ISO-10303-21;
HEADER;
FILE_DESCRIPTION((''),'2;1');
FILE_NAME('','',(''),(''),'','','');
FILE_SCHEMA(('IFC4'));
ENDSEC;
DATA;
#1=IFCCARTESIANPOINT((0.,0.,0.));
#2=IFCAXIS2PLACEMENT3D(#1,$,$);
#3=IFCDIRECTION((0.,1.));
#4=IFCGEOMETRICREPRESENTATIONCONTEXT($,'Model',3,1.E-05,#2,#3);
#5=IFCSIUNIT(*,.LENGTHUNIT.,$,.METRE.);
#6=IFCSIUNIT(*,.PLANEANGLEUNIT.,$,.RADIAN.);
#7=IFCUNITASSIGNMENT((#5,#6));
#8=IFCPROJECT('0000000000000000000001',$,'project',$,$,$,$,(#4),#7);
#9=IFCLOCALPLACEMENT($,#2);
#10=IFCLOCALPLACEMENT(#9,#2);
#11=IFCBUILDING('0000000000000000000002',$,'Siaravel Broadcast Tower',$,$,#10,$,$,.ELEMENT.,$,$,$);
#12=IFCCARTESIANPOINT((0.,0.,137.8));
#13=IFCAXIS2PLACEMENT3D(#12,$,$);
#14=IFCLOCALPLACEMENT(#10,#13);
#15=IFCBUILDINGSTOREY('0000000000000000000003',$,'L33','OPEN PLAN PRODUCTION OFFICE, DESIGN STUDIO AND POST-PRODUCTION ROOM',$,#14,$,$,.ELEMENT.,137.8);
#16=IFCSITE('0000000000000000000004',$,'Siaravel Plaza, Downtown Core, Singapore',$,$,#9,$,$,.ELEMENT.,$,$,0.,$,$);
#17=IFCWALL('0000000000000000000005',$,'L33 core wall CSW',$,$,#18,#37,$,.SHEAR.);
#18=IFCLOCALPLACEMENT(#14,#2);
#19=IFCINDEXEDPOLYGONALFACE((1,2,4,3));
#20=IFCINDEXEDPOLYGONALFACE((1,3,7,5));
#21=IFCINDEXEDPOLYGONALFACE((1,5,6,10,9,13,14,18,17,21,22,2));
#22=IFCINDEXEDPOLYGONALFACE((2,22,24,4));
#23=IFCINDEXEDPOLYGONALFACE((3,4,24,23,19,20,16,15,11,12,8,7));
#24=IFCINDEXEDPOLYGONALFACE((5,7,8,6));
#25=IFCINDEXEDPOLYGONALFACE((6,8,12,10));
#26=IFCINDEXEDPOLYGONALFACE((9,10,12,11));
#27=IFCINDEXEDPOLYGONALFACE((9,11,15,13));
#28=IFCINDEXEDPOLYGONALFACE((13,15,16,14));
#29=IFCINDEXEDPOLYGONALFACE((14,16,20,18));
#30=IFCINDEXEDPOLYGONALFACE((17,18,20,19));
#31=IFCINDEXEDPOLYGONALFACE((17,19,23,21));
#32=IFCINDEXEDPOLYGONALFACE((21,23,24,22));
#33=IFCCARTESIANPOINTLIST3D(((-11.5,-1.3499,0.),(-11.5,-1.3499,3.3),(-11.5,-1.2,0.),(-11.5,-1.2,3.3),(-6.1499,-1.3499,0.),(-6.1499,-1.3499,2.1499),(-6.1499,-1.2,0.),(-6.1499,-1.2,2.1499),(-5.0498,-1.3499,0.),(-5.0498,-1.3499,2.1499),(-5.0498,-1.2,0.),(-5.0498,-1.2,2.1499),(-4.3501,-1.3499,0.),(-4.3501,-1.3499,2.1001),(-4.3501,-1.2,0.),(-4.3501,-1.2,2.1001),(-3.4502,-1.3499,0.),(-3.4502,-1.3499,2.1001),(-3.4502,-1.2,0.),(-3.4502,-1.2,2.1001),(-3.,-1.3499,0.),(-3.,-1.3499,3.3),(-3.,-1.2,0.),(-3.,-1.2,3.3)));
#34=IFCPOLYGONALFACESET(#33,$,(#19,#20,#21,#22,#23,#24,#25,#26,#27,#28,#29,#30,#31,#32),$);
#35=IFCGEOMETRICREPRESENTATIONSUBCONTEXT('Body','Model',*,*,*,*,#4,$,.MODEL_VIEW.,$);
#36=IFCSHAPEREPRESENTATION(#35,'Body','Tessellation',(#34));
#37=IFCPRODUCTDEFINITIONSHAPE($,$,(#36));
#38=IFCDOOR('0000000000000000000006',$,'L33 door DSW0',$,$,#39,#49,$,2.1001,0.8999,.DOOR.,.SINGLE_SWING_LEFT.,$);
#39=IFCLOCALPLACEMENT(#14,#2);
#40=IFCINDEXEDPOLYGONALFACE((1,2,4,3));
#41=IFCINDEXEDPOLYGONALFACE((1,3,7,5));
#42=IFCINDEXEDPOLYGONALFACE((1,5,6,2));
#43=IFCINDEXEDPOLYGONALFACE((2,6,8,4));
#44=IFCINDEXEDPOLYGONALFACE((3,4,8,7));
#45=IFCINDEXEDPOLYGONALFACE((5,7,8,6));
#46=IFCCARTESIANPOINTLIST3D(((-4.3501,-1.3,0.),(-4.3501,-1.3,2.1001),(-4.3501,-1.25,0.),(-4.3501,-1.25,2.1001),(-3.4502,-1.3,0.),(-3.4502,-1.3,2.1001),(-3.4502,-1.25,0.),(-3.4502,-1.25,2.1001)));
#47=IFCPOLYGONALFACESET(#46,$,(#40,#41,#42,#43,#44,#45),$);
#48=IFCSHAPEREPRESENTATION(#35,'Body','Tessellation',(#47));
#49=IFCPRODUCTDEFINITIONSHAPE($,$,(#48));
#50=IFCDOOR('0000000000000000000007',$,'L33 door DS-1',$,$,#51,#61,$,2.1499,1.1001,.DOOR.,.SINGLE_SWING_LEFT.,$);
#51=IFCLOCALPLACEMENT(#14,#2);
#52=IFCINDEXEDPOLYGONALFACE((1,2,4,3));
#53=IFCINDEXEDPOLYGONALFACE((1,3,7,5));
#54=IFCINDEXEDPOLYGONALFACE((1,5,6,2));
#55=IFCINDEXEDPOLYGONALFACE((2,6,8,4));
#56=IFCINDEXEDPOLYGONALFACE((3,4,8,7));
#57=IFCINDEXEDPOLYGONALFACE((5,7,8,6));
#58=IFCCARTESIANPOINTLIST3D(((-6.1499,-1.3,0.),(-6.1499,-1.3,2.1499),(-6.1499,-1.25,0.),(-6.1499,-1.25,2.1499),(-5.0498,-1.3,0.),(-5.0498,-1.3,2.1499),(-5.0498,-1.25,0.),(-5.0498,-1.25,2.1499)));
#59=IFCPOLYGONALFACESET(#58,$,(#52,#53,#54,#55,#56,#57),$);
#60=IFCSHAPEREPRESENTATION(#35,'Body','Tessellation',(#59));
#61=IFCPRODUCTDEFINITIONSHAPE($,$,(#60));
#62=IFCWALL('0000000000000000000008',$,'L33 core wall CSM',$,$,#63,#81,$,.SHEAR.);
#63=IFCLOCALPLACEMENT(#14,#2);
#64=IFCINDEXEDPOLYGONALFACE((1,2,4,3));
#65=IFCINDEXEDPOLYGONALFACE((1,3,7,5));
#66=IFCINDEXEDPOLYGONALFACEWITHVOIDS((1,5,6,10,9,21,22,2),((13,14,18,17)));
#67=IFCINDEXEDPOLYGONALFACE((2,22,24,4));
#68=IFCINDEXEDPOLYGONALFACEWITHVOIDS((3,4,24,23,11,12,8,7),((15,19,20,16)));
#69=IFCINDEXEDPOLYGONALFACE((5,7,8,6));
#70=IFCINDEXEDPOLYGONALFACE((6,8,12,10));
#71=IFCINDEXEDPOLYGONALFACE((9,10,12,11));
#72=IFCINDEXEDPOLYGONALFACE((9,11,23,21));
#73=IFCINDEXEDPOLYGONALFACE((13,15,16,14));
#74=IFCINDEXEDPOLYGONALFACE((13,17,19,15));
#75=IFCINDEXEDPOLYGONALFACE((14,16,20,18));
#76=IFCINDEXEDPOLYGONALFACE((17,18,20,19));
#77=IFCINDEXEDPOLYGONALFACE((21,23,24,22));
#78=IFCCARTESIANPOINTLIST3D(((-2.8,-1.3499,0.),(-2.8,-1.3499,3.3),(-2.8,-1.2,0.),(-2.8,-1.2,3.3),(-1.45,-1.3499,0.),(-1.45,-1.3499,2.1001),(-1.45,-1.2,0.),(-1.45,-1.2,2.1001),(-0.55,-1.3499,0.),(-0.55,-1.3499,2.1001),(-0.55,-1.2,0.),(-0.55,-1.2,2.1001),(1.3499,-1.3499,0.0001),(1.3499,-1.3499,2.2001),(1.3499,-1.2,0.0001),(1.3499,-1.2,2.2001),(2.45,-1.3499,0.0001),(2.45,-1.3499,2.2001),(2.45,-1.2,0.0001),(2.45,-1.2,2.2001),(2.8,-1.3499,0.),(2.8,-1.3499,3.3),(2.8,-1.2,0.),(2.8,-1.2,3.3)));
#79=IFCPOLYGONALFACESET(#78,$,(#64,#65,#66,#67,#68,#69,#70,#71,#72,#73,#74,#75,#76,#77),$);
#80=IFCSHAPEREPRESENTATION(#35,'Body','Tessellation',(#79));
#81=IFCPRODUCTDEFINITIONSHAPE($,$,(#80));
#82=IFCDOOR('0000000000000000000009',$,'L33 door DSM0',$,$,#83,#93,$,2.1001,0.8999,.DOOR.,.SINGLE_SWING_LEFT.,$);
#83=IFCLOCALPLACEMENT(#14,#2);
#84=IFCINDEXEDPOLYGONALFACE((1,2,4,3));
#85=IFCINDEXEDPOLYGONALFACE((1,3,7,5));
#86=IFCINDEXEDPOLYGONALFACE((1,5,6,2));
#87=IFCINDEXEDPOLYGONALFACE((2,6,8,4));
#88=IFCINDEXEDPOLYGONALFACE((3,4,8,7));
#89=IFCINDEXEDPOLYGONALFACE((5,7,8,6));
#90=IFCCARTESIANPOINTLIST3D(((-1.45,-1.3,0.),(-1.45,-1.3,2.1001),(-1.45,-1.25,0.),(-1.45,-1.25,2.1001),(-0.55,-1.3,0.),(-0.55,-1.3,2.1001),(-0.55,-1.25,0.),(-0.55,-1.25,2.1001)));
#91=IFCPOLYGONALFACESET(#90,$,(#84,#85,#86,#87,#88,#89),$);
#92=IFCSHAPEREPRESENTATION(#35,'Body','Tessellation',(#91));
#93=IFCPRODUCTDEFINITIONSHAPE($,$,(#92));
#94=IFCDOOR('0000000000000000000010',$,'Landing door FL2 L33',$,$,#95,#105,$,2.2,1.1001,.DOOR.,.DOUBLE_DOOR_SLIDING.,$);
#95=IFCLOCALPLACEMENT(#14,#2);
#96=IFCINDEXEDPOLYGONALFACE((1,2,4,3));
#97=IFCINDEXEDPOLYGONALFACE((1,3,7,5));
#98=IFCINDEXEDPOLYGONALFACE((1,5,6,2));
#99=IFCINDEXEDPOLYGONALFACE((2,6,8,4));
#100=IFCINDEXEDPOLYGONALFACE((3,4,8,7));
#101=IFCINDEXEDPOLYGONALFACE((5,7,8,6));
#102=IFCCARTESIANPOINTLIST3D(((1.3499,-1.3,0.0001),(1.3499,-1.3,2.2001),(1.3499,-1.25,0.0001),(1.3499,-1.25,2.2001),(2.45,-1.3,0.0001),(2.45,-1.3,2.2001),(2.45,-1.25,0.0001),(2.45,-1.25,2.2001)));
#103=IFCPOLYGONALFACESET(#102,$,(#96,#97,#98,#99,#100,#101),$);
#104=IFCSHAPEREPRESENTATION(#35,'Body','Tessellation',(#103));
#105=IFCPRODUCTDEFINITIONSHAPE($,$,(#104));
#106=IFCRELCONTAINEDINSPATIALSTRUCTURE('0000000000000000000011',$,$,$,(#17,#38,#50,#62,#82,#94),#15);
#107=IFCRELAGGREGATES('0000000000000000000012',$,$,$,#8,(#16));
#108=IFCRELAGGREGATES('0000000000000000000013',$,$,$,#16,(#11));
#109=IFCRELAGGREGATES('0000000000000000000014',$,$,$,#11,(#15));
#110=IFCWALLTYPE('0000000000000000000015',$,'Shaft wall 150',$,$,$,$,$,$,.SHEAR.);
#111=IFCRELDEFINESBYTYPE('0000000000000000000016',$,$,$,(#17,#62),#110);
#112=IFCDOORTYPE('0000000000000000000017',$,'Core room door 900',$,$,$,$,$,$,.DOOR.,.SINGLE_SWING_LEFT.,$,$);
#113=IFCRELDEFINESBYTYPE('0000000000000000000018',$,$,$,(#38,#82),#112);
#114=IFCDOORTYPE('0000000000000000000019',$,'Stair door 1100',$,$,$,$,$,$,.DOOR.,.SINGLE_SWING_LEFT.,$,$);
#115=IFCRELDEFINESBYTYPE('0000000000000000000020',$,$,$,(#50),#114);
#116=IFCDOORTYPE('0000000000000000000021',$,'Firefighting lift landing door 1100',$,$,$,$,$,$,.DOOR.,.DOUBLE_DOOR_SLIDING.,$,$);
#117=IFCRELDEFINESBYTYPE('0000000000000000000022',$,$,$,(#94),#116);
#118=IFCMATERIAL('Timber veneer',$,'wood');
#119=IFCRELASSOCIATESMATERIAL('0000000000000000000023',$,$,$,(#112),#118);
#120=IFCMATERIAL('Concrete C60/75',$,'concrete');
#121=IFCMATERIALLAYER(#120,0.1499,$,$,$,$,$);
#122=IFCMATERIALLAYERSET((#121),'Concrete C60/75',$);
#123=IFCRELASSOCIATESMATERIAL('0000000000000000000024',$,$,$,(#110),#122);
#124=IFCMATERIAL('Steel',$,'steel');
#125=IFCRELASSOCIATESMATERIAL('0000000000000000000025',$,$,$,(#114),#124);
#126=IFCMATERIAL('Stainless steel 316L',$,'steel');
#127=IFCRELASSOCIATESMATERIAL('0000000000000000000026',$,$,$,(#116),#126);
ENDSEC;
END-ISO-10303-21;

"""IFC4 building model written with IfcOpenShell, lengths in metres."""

from ifc_helpers import new_model, si_unit, direction, frame, frame_2d, origin, place, context, subcontext, project, spatial, rectangle, extrude, material, layer, layer_set, type_object, element, fill, save


model = new_model("IFC4")

# Units and contexts
model_context = context("Model", 3, precision=1e-05, world=origin(), true_north=direction((0.0, 1.0)))
body_context = subcontext(model_context, "Body", "Model", "MODEL_VIEW")
ifc_project = project(units=[si_unit("LENGTHUNIT", "METRE"), si_unit("PLANEANGLEUNIT", "RADIAN")], contexts=[model_context])

# Site, building, storey
site_placement = place(None, origin())
site = spatial("IfcSite", under=ifc_project, at=site_placement, Name="Siaravel Plaza, Downtown Core, Singapore", CompositionType="ELEMENT", RefElevation=0.0)
building_placement = place(site_placement, origin())
building = spatial("IfcBuilding", under=site, at=building_placement, Name="Siaravel Broadcast Tower", CompositionType="ELEMENT")
storey_placement = place(building_placement, frame((0.0, 0.0, 137.8)))
storey = spatial("IfcBuildingStorey", under=building, at=storey_placement, Name="L33", Description="OPEN PLAN PRODUCTION OFFICE, DESIGN STUDIO AND POST-PRODUCTION ROOM", CompositionType="ELEMENT", Elevation=137.8)

# Shared definitions
ifc_material_1 = material(Name="Timber veneer", Category="wood")
door_type_1 = type_object("IfcDoorType", Name="Core room door 900", OperationType="SINGLE_SWING_LEFT", PredefinedType="DOOR", material=ifc_material_1)

# Walls, openings, doors
ifc_material_2 = material(Name="Concrete C60/75", Category="concrete")
ifc_layer_1 = layer(ifc_material_2, 0.1499)
ifc_layer_set_1 = layer_set([ifc_layer_1], Name="Concrete C60/75")
wall_type_1 = type_object("IfcWallType", Name="Shaft wall 150", PredefinedType="SHEAR", material=ifc_layer_set_1)
wall_1_placement = place(storey_placement, frame((-11.5, -1.2749, 0.0), z_axis=(0.0, 0.0, 1.0), x_axis=(1.0, 0.0, 0.0)))
wall_1 = element("IfcWall", 1, at=wall_1_placement, inside=storey, type_object=wall_type_1, Name="L33 core wall CSW", PredefinedType="SHEAR", context=body_context, shape_type="SweptSolid", body=[
    extrude(rectangle(XDim=8.5, YDim=0.1499, at=frame_2d((4.25, 0.0))), origin(), (0.0, 0.0, 1.0), 3.3),
])
opening_1_placement = place(wall_1_placement, frame((5.3501, 0.0, 0.0)))
opening_1 = element("IfcOpeningElement", 2, at=opening_1_placement, cuts=wall_1, PredefinedType="OPENING", context=body_context, shape_type="SweptSolid", body=[
    extrude(rectangle(XDim=1.1001, YDim=2.1499, at=frame_2d((0.55, 1.075))), frame((0.0, 0.085, 0.0), z_axis=(0.0, -1.0, 0.0), x_axis=(1.0, 0.0, 0.0)), (0.0, 0.0, 1.0), 0.1699),
])
opening_2_placement = place(wall_1_placement, frame((7.1499, 0.0, 0.0)))
opening_2 = element("IfcOpeningElement", 3, at=opening_2_placement, cuts=wall_1, PredefinedType="OPENING", context=body_context, shape_type="SweptSolid", body=[
    extrude(rectangle(XDim=0.8999, YDim=2.1001, at=frame_2d((0.45, 1.05))), frame((0.0, 0.085, 0.0), z_axis=(0.0, -1.0, 0.0), x_axis=(1.0, 0.0, 0.0)), (0.0, 0.0, 1.0), 0.1699),
])
door_1_placement = place(opening_2_placement, origin())
door_1 = element("IfcDoor", 4, at=door_1_placement, inside=storey, type_object=door_type_1, Name="L33 door DSW0", OperationType="SINGLE_SWING_LEFT", OverallHeight=2.1001, OverallWidth=0.8999, PredefinedType="DOOR", context=body_context, shape_type="SweptSolid", body=[
    extrude(rectangle(XDim=0.8999, YDim=2.1001, at=frame_2d((0.45, 1.05))), frame((0.0, 0.0249, 0.0), z_axis=(0.0, -1.0, 0.0), x_axis=(1.0, 0.0, 0.0)), (0.0, 0.0, 1.0), 0.05),
])
fill(opening_2, door_1)
ifc_material_3 = material(Name="Steel", Category="steel")
door_type_2 = type_object("IfcDoorType", Name="Stair door 1100", OperationType="SINGLE_SWING_LEFT", PredefinedType="DOOR", material=ifc_material_3)
door_2_placement = place(opening_1_placement, origin())
door_2 = element("IfcDoor", 5, at=door_2_placement, inside=storey, type_object=door_type_2, Name="L33 door DS-1", OperationType="SINGLE_SWING_LEFT", OverallHeight=2.1499, OverallWidth=1.1001, PredefinedType="DOOR", context=body_context, shape_type="SweptSolid", body=[
    extrude(rectangle(XDim=1.1001, YDim=2.1499, at=frame_2d((0.55, 1.075))), frame((0.0, 0.0249, 0.0), z_axis=(0.0, -1.0, 0.0), x_axis=(1.0, 0.0, 0.0)), (0.0, 0.0, 1.0), 0.05),
])
fill(opening_1, door_2)
wall_2_placement = place(storey_placement, frame((-2.8, -1.2749, 0.0), z_axis=(0.0, 0.0, 1.0), x_axis=(1.0, 0.0, 0.0)))
wall_2 = element("IfcWall", 6, at=wall_2_placement, inside=storey, type_object=wall_type_1, Name="L33 core wall CSM", PredefinedType="SHEAR", context=body_context, shape_type="SweptSolid", body=[
    extrude(rectangle(XDim=5.6001, YDim=0.1499, at=frame_2d((2.8, 0.0))), origin(), (0.0, 0.0, 1.0), 3.3),
])
opening_3_placement = place(wall_2_placement, frame((4.1499, 0.0, 0.0)))
opening_3 = element("IfcOpeningElement", 7, at=opening_3_placement, cuts=wall_2, PredefinedType="OPENING", context=body_context, shape_type="SweptSolid", body=[
    extrude(rectangle(XDim=1.1001, YDim=2.2, at=frame_2d((0.55, 1.1001))), frame((0.0, 0.085, 0.0), z_axis=(0.0, -1.0, 0.0), x_axis=(1.0, 0.0, 0.0)), (0.0, 0.0, 1.0), 0.1699),
])
opening_4_placement = place(wall_2_placement, frame((1.3501, 0.0, 0.0)))
opening_4 = element("IfcOpeningElement", 8, at=opening_4_placement, cuts=wall_2, PredefinedType="OPENING", context=body_context, shape_type="SweptSolid", body=[
    extrude(rectangle(XDim=0.8999, YDim=2.1001, at=frame_2d((0.45, 1.05))), frame((0.0, 0.085, 0.0), z_axis=(0.0, -1.0, 0.0), x_axis=(1.0, 0.0, 0.0)), (0.0, 0.0, 1.0), 0.1699),
])
door_3_placement = place(opening_4_placement, origin())
door_3 = element("IfcDoor", 9, at=door_3_placement, inside=storey, type_object=door_type_1, Name="L33 door DSM0", OperationType="SINGLE_SWING_LEFT", OverallHeight=2.1001, OverallWidth=0.8999, PredefinedType="DOOR", context=body_context, shape_type="SweptSolid", body=[
    extrude(rectangle(XDim=0.8999, YDim=2.1001, at=frame_2d((0.45, 1.05))), frame((0.0, 0.0249, 0.0), z_axis=(0.0, -1.0, 0.0), x_axis=(1.0, 0.0, 0.0)), (0.0, 0.0, 1.0), 0.05),
])
fill(opening_4, door_3)
ifc_material_4 = material(Name="Stainless steel 316L", Category="steel")
door_type_3 = type_object("IfcDoorType", Name="Firefighting lift landing door 1100", OperationType="DOUBLE_DOOR_SLIDING", PredefinedType="DOOR", material=ifc_material_4)
door_4_placement = place(opening_3_placement, origin())
door_4 = element("IfcDoor", 10, at=door_4_placement, inside=storey, type_object=door_type_3, Name="Landing door FL2 L33", OperationType="DOUBLE_DOOR_SLIDING", OverallHeight=2.2, OverallWidth=1.1001, PredefinedType="DOOR", context=body_context, shape_type="SweptSolid", body=[
    extrude(rectangle(XDim=1.1001, YDim=2.2, at=frame_2d((0.55, 1.1001))), frame((0.0, 0.0249, 0.0), z_axis=(0.0, -1.0, 0.0), x_axis=(1.0, 0.0, 0.0)), (0.0, 0.0, 1.0), 0.05),
])
fill(opening_3, door_4)

save(model, "model.ifc")
